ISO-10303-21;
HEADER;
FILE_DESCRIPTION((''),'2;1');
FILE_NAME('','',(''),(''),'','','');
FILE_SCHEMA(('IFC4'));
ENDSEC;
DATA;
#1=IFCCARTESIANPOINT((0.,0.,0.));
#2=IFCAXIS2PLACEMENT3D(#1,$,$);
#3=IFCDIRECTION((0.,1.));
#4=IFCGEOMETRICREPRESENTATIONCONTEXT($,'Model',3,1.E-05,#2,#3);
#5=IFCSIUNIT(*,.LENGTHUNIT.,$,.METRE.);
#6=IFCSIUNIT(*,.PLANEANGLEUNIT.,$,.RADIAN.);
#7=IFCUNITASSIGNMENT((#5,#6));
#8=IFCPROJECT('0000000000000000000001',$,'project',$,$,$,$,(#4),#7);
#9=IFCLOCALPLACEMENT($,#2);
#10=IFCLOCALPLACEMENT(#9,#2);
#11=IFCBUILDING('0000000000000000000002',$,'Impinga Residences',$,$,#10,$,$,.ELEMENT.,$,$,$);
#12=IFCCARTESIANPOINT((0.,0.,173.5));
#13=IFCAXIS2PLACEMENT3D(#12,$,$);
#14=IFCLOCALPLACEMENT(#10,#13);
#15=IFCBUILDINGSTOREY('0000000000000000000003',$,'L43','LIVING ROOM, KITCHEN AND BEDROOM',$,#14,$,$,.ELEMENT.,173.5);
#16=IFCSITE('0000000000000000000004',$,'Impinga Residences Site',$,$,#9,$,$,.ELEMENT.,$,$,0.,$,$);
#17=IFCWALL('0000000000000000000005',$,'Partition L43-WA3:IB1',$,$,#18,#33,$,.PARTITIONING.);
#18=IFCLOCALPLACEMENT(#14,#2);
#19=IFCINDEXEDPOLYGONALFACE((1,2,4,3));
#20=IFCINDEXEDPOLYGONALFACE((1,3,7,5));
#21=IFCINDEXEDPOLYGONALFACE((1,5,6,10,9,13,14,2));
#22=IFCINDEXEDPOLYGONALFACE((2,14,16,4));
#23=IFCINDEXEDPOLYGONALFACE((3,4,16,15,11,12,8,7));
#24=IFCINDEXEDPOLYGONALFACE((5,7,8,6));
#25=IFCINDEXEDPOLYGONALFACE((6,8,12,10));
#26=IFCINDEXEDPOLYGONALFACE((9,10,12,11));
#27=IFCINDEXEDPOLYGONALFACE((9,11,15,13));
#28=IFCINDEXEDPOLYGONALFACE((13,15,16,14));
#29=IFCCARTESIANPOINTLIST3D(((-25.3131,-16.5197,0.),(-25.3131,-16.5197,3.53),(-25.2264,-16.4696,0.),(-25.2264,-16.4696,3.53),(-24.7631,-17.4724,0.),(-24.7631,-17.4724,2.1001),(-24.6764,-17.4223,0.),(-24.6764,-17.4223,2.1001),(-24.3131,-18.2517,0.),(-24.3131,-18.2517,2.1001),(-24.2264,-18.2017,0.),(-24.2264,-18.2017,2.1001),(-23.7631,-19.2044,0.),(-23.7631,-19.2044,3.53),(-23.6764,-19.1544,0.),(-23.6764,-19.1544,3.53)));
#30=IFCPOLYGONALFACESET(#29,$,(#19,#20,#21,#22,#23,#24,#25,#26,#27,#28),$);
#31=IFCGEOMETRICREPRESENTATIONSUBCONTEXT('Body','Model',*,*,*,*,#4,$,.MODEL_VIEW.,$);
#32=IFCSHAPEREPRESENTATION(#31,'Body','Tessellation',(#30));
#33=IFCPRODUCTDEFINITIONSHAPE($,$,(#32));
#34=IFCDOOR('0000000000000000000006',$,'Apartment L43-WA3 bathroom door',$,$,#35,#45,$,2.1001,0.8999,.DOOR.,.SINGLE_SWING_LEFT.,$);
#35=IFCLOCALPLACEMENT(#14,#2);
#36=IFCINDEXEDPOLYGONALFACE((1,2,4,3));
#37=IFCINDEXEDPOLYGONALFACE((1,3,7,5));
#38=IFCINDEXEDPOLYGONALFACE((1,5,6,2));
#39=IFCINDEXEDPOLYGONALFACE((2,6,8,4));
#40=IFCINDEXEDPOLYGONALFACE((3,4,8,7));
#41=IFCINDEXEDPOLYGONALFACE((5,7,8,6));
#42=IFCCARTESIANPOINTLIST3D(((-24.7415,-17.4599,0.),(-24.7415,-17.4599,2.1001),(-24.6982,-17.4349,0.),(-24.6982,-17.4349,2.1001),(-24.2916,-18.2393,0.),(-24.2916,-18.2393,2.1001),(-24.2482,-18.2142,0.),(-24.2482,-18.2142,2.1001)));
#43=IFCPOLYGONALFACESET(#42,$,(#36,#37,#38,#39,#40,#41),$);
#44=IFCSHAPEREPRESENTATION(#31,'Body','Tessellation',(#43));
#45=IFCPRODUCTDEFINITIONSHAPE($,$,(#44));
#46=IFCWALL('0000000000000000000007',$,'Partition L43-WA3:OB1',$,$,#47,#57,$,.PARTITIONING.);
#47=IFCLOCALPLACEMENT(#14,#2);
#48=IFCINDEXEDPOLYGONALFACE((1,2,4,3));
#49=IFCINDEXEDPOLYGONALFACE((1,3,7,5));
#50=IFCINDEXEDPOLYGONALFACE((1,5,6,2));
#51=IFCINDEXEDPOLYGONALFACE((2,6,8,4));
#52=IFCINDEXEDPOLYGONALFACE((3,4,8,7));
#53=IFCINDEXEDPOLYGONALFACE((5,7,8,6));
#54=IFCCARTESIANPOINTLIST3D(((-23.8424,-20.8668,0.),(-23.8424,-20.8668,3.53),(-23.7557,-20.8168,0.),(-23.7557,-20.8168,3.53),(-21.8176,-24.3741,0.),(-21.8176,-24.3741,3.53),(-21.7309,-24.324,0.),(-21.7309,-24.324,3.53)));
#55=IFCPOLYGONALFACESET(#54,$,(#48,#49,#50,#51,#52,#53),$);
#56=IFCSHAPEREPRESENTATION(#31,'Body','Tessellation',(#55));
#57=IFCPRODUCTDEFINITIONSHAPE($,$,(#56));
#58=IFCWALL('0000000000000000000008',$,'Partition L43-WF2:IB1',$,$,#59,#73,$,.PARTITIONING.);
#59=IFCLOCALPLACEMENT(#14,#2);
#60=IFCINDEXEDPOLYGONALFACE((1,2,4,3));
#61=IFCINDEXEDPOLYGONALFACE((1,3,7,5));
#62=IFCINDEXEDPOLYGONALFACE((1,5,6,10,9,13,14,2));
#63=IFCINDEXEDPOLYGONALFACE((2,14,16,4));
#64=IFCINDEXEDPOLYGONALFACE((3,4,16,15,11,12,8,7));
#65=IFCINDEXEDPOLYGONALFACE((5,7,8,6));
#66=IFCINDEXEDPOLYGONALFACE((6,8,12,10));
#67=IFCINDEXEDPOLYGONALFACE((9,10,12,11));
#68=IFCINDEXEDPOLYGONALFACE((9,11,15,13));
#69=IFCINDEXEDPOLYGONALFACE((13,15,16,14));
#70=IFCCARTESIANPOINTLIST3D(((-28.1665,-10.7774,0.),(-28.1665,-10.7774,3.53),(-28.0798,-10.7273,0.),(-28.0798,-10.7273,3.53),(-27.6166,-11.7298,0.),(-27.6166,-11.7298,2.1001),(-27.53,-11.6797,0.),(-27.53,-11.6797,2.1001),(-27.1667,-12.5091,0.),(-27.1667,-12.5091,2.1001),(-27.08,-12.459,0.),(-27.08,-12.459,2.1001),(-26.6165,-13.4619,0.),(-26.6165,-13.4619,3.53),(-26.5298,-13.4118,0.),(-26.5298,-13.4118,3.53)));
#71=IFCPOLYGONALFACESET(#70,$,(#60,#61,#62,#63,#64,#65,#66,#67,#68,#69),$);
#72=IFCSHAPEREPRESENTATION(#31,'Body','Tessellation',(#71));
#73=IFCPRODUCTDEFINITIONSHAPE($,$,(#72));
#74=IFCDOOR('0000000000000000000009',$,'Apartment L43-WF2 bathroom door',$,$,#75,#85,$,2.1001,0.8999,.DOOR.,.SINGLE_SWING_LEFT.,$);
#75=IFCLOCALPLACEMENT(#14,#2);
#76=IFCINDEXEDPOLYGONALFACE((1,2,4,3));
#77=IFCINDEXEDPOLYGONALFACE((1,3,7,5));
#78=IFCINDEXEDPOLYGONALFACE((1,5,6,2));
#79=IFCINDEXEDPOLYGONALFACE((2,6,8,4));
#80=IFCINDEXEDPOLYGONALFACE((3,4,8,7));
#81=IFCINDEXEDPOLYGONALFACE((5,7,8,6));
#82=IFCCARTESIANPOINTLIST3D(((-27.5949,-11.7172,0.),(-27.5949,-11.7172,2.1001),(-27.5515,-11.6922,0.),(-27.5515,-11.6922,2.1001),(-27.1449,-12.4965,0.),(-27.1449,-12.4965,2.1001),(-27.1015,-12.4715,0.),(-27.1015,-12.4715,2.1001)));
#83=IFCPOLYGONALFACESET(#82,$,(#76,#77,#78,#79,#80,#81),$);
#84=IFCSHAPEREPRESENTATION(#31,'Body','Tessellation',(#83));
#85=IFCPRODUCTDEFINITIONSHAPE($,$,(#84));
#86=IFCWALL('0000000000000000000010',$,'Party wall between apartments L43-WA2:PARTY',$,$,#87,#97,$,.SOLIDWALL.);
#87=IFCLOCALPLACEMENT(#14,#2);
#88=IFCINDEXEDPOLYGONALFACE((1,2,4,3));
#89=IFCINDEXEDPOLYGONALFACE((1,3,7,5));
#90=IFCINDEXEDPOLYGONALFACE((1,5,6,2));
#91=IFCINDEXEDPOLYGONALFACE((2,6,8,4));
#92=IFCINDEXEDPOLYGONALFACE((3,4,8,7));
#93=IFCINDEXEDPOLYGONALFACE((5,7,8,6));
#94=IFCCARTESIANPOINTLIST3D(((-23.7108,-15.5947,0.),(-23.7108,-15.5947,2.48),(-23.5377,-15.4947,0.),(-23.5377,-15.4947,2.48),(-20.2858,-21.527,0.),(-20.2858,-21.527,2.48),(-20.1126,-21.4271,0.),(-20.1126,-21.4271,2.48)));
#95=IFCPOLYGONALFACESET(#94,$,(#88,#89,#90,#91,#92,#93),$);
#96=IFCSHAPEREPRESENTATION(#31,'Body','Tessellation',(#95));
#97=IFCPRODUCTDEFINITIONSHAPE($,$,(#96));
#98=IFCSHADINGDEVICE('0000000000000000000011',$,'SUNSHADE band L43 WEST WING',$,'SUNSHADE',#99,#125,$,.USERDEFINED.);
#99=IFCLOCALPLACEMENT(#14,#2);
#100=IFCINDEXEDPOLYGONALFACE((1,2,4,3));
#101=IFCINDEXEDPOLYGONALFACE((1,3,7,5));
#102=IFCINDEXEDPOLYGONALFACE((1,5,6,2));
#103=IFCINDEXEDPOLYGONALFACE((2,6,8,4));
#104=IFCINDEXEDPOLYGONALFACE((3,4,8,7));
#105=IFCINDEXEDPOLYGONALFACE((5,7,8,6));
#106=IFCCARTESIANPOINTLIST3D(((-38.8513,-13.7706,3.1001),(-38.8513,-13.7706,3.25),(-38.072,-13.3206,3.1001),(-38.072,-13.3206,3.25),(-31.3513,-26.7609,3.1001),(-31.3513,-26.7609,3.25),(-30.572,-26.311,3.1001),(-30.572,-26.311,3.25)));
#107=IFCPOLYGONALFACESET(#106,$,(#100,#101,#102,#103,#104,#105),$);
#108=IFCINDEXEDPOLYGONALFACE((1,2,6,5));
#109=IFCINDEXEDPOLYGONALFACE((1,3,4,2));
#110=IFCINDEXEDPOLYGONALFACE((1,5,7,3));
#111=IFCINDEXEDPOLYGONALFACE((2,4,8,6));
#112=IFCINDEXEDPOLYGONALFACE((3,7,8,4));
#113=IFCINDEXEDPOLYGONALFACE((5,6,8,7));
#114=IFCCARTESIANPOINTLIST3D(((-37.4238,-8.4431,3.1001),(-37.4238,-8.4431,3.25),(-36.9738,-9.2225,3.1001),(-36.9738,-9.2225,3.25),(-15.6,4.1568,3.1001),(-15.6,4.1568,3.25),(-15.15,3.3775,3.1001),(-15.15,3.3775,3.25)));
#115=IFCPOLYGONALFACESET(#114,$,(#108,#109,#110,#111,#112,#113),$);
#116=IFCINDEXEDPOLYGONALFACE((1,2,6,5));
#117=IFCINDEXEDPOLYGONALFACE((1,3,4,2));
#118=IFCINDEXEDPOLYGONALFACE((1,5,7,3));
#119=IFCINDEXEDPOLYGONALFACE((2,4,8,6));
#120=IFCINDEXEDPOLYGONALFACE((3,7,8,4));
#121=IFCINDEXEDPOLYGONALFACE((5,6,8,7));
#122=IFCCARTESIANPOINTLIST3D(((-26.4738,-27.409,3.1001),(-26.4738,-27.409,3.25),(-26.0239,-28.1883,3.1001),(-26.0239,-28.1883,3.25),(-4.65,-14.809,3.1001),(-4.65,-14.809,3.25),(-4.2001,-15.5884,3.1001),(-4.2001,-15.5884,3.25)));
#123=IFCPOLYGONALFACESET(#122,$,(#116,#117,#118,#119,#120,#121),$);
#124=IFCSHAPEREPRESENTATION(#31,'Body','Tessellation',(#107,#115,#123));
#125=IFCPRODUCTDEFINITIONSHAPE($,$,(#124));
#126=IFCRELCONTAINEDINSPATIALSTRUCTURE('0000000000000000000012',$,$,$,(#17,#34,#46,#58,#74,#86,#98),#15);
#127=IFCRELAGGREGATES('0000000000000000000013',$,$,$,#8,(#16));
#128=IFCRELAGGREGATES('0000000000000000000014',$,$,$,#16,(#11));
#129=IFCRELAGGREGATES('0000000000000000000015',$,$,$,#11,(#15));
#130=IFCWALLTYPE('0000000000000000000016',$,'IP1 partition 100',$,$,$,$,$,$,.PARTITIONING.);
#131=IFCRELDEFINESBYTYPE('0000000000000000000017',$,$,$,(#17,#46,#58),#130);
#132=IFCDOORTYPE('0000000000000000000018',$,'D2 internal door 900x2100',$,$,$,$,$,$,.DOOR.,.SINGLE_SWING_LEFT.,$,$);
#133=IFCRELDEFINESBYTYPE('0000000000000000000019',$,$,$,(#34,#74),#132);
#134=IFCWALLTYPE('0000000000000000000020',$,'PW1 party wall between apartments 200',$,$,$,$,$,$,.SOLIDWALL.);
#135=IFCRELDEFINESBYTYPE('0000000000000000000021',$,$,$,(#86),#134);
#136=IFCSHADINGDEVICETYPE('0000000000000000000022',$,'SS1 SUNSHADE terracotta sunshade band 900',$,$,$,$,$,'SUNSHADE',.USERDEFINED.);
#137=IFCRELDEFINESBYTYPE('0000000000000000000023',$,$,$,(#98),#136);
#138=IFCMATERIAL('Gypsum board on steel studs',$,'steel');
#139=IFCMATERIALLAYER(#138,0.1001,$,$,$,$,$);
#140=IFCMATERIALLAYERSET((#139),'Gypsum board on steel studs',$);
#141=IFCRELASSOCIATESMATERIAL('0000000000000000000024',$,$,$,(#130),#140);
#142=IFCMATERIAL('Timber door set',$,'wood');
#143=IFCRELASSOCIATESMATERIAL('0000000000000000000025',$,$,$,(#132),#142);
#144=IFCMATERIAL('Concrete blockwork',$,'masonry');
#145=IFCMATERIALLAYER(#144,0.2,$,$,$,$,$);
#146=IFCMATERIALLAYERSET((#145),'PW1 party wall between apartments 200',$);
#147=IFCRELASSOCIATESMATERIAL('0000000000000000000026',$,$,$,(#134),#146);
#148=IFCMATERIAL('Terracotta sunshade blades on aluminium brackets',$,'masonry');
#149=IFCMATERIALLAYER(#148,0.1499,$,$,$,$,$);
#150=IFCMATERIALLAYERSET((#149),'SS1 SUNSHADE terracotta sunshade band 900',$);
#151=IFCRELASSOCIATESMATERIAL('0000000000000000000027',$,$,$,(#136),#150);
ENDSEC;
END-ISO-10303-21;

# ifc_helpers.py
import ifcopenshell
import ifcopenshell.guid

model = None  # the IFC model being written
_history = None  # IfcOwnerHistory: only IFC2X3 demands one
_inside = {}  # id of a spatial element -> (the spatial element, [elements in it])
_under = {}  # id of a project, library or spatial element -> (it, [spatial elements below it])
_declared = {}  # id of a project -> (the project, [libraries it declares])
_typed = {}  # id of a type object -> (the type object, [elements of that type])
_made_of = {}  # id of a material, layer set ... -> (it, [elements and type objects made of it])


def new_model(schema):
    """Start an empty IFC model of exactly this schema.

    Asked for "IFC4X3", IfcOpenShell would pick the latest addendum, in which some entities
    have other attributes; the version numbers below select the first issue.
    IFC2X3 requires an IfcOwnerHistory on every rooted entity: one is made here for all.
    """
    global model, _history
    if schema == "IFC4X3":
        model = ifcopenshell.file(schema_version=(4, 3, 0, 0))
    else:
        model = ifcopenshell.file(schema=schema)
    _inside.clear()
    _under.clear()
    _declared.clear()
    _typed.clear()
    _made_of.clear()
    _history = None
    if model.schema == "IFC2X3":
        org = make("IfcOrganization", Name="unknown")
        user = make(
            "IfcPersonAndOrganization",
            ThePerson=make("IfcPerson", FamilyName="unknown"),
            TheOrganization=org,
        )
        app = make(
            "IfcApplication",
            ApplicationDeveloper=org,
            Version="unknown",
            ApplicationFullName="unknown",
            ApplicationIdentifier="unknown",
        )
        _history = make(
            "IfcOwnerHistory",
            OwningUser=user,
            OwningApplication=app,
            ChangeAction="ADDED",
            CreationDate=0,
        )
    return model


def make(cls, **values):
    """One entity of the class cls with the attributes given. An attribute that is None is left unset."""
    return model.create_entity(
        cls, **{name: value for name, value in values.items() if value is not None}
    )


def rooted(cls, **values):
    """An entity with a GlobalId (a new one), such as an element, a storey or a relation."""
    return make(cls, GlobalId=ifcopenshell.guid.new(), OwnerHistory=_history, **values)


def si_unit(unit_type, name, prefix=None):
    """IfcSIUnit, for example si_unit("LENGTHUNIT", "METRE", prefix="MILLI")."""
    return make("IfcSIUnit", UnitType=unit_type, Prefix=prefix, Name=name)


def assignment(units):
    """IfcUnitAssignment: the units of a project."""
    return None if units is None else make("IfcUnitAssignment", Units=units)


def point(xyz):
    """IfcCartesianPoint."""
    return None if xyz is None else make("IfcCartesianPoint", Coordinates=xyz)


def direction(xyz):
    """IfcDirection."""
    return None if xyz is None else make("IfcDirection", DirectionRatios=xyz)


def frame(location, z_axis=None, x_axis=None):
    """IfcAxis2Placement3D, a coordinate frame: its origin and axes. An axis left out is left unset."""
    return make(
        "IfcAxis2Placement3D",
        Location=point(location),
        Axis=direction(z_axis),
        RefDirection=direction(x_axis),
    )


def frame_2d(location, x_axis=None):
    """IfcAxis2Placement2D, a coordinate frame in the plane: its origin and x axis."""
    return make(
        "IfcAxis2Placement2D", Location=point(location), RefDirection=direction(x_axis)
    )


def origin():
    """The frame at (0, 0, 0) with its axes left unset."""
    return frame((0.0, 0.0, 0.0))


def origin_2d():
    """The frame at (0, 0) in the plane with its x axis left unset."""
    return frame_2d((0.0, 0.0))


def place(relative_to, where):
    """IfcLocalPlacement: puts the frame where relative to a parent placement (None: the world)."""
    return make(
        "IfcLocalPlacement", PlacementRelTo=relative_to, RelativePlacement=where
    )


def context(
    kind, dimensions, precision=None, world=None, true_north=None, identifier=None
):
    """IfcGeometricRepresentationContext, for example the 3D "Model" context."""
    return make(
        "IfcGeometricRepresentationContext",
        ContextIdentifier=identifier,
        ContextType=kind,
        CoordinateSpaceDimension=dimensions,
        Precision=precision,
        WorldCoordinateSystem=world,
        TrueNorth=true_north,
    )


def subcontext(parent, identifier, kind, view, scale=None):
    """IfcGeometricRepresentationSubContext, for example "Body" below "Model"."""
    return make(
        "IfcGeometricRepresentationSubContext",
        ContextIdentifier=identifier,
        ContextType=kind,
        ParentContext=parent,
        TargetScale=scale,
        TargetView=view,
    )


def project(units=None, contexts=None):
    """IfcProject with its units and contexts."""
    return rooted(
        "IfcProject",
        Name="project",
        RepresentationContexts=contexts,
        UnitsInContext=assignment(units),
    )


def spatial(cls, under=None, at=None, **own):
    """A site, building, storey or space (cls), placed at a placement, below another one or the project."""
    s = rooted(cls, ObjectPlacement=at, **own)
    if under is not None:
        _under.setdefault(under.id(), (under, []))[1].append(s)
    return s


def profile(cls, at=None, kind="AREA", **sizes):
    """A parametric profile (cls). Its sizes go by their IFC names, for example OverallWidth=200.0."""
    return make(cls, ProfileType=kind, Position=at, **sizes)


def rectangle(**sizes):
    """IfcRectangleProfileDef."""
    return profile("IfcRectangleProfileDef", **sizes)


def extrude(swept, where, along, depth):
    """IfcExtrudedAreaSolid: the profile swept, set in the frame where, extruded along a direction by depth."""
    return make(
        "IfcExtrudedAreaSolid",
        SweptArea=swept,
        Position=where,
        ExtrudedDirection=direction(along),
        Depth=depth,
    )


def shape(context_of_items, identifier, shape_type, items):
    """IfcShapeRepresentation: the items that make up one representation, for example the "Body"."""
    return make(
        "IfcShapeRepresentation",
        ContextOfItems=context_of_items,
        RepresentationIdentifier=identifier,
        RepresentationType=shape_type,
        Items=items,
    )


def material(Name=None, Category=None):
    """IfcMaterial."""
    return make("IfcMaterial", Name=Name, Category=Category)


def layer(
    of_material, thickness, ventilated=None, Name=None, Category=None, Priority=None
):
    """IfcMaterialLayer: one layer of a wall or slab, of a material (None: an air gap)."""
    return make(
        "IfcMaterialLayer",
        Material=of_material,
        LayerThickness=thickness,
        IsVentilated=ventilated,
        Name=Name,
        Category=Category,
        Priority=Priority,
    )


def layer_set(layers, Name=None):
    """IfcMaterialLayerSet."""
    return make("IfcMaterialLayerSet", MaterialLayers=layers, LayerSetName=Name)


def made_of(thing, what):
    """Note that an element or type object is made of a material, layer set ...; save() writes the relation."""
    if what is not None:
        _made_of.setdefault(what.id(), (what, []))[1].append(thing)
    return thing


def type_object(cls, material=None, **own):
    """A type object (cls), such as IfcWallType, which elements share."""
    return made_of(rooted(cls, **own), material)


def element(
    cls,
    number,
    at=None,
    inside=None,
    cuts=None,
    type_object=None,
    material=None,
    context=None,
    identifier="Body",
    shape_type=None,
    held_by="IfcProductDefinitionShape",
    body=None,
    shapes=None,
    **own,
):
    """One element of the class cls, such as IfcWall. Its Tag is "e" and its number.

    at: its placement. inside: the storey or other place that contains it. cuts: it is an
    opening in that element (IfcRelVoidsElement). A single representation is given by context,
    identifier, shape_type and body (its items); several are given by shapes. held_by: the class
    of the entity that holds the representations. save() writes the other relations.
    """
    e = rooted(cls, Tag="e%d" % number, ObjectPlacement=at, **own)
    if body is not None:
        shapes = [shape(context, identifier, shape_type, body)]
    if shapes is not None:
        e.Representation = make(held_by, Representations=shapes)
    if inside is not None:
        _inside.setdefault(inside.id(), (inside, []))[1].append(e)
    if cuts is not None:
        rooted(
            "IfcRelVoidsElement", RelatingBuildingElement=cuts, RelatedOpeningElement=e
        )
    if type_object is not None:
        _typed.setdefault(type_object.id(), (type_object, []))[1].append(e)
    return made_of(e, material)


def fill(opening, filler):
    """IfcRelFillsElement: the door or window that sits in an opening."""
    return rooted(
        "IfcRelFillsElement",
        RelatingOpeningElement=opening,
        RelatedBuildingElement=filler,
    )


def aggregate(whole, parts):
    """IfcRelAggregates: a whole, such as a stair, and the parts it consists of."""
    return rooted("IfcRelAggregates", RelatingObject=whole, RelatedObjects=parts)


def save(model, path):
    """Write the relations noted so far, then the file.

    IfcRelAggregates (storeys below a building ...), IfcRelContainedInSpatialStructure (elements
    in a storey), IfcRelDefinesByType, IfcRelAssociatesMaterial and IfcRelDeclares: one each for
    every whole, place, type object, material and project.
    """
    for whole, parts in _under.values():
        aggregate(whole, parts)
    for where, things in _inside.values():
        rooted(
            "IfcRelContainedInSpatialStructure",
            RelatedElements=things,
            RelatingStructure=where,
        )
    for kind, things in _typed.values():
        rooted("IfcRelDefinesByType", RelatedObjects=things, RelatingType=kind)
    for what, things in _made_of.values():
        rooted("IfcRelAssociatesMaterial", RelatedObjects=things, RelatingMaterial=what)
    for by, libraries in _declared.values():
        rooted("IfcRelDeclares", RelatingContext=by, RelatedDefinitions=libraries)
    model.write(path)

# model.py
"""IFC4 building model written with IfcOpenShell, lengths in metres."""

from ifc_helpers import new_model, si_unit, direction, frame, frame_2d, origin, origin_2d, place, context, subcontext, project, spatial, rectangle, extrude, material, layer, layer_set, type_object, element, fill, save


model = new_model("IFC4")

# Units and contexts
model_context = context("Model", 3, precision=1e-05, world=origin(), true_north=direction((0.0, 1.0)))
body_context = subcontext(model_context, "Body", "Model", "MODEL_VIEW")
ifc_project = project(units=[si_unit("LENGTHUNIT", "METRE"), si_unit("PLANEANGLEUNIT", "RADIAN")], contexts=[model_context])

# Site, building, storey
site_placement = place(None, origin())
site = spatial("IfcSite", under=ifc_project, at=site_placement, Name="Impinga Residences Site", CompositionType="ELEMENT", RefElevation=0.0)
building_placement = place(site_placement, origin())
building = spatial("IfcBuilding", under=site, at=building_placement, Name="Impinga Residences", CompositionType="ELEMENT")
storey_placement = place(building_placement, frame((0.0, 0.0, 173.5)))
storey = spatial("IfcBuildingStorey", under=building, at=storey_placement, Name="L43", Description="LIVING ROOM, KITCHEN AND BEDROOM", CompositionType="ELEMENT", Elevation=173.5)

# Shared definitions
ifc_material_1 = material(Name="Gypsum board on steel studs", Category="steel")
ifc_layer_1 = layer(ifc_material_1, 0.1001)
ifc_layer_set_1 = layer_set([ifc_layer_1], Name="Gypsum board on steel studs")
wall_type_1 = type_object("IfcWallType", Name="IP1 partition 100", PredefinedType="PARTITIONING", material=ifc_layer_set_1)

# Wall, opening, door
wall_1_placement = place(storey_placement, frame((-25.2698, -16.4946, 0.0), z_axis=(0.0, 0.0, 1.0), x_axis=(0.499993, -0.86603, 0.0)))
wall_1 = element("IfcWall", 1, at=wall_1_placement, inside=storey, type_object=wall_type_1, Name="Partition L43-WA3:IB1", PredefinedType="PARTITIONING", context=body_context, shape_type="SweptSolid", body=[
    extrude(rectangle(XDim=3.1001, YDim=0.1001, at=frame_2d((1.55, 0.0))), origin(), (0.0, 0.0, 1.0), 3.53),
])
opening_1_placement = place(wall_1_placement, frame((1.1001, 0.0, 0.0)))
opening_1 = element("IfcOpeningElement", 2, at=opening_1_placement, cuts=wall_1, PredefinedType="OPENING", context=body_context, shape_type="SweptSolid", body=[
    extrude(rectangle(XDim=0.8999, YDim=2.1001, at=frame_2d((0.45, 1.05))), frame((0.0, 0.0601, 0.0), z_axis=(0.0, -1.0, 0.0), x_axis=(1.0, 0.0, 0.0)), (0.0, 0.0, 1.0), 0.1201),
])
ifc_material_2 = material(Name="Timber door set", Category="wood")
door_type = type_object("IfcDoorType", Name="D2 internal door 900x2100", OperationType="SINGLE_SWING_LEFT", PredefinedType="DOOR", material=ifc_material_2)
door_1_placement = place(opening_1_placement, origin())
door_1 = element("IfcDoor", 3, at=door_1_placement, inside=storey, type_object=door_type, Name="Apartment L43-WA3 bathroom door", OperationType="SINGLE_SWING_LEFT", OverallHeight=2.1001, OverallWidth=0.8999, PredefinedType="DOOR", context=body_context, shape_type="SweptSolid", body=[
    extrude(rectangle(XDim=0.8999, YDim=2.1001, at=frame_2d((0.45, 1.05))), frame((0.0, 0.0249, 0.0), z_axis=(0.0, -1.0, 0.0), x_axis=(1.0, 0.0, 0.0)), (0.0, 0.0, 1.0), 0.05),
])
fill(opening_1, door_1)

# Wall
wall_2_placement = place(storey_placement, frame((-23.7991, -20.8418, 0.0), z_axis=(0.0, 0.0, 1.0), x_axis=(0.49999, -0.866031, 0.0)))
element("IfcWall", 4, at=wall_2_placement, inside=storey, type_object=wall_type_1, Name="Partition L43-WA3:OB1", PredefinedType="PARTITIONING", context=body_context, shape_type="SweptSolid", body=[
    extrude(rectangle(XDim=4.0498, YDim=0.1001, at=frame_2d((2.0249, 0.0))), origin(), (0.0, 0.0, 1.0), 3.53),
])

# Wall, opening, door
wall_3_placement = place(storey_placement, frame((-26.5732, -13.4368, 0.0), z_axis=(0.0, 0.0, 1.0), x_axis=(-0.500027, 0.86601, 0.0)))
wall_3 = element("IfcWall", 5, at=wall_3_placement, inside=storey, type_object=wall_type_1, Name="Partition L43-WF2:IB1", PredefinedType="PARTITIONING", context=body_context, shape_type="SweptSolid", body=[
    extrude(rectangle(XDim=3.0999, YDim=0.1001, at=frame_2d((1.5498, 0.0))), origin(), (0.0, 0.0, 1.0), 3.53),
])
opening_2_placement = place(wall_3_placement, frame((1.1001, 0.0, 0.0)))
opening_2 = element("IfcOpeningElement", 6, at=opening_2_placement, cuts=wall_3, PredefinedType="OPENING", context=body_context, shape_type="SweptSolid", body=[
    extrude(rectangle(XDim=0.8999, YDim=2.1001, at=frame_2d((0.45, 1.05))), frame((0.0, 0.0601, 0.0), z_axis=(0.0, -1.0, 0.0), x_axis=(1.0, 0.0, 0.0)), (0.0, 0.0, 1.0), 0.1201),
])
door_2_placement = place(opening_2_placement, origin())
door_2 = element("IfcDoor", 7, at=door_2_placement, inside=storey, type_object=door_type, Name="Apartment L43-WF2 bathroom door", OperationType="SINGLE_SWING_LEFT", OverallHeight=2.1001, OverallWidth=0.8999, PredefinedType="DOOR", context=body_context, shape_type="SweptSolid", body=[
    extrude(rectangle(XDim=0.8999, YDim=2.1001, at=frame_2d((0.45, 1.05))), frame((0.0, 0.0249, 0.0), z_axis=(0.0, -1.0, 0.0), x_axis=(1.0, 0.0, 0.0)), (0.0, 0.0, 1.0), 0.05),
])
fill(opening_2, door_2)

# Wall
ifc_material_3 = material(Name="Concrete blockwork", Category="masonry")
ifc_layer_2 = layer(ifc_material_3, 0.2)
ifc_layer_set_2 = layer_set([ifc_layer_2], Name="PW1 party wall between apartments 200")
wall_type_2 = type_object("IfcWallType", Name="PW1 party wall between apartments 200", PredefinedType="SOLIDWALL", material=ifc_layer_set_2)
wall_4_placement = place(storey_placement, frame((-23.6243, -15.5447, 0.0), z_axis=(0.0, 0.0, 1.0), x_axis=(0.499999, -0.866026, 0.0)))
element("IfcWall", 8, at=wall_4_placement, inside=storey, type_object=wall_type_2, Name="Party wall between apartments L43-WA2:PARTY", PredefinedType="SOLIDWALL", context=body_context, shape_type="SweptSolid", body=[
    extrude(rectangle(XDim=6.8501, YDim=0.2, at=frame_2d((3.425, 0.0))), origin(), (0.0, 0.0, 1.0), 2.48),
])

# Shading device
ifc_material_4 = material(Name="Terracotta sunshade blades on aluminium brackets", Category="masonry")
ifc_layer_3 = layer(ifc_material_4, 0.1499)
ifc_layer_set_3 = layer_set([ifc_layer_3], Name="SS1 SUNSHADE terracotta sunshade band 900")
shading_device_type = type_object("IfcShadingDeviceType", Name="SS1 SUNSHADE terracotta sunshade band 900", ElementType="SUNSHADE", PredefinedType="USERDEFINED", material=ifc_layer_set_3)
shading_device_placement = place(storey_placement, frame((-34.7117, -20.0408, 3.1001), z_axis=(0.0, 0.0, 1.0), x_axis=(-0.5, 0.866025, 0.0)))
element("IfcShadingDevice", 9, at=shading_device_placement, inside=storey, type_object=shading_device_type, Name="SUNSHADE band L43 WEST WING", ObjectType="SUNSHADE", PredefinedType="USERDEFINED", context=body_context, shape_type="SweptSolid", body=[
    extrude(rectangle(XDim=15.0, YDim=0.8999, at=origin_2d()), origin(), (0.0, 0.0, 1.0), 0.1499),
    extrude(rectangle(XDim=25.2, YDim=0.8999, at=origin_2d()), frame((10.95, -16.05, 0.0), z_axis=(0.0, 0.0, 1.0), x_axis=(0.0, -1.0, 0.0)), (0.0, 0.0, 1.0), 0.1499),
    extrude(rectangle(XDim=25.2, YDim=0.8999, at=origin_2d()), frame((-10.95, -16.05, 0.0), z_axis=(0.0, 0.0, 1.0), x_axis=(0.0, 1.0, 0.0)), (0.0, 0.0, 1.0), 0.1499),
])

save(model, "model.ifc")
